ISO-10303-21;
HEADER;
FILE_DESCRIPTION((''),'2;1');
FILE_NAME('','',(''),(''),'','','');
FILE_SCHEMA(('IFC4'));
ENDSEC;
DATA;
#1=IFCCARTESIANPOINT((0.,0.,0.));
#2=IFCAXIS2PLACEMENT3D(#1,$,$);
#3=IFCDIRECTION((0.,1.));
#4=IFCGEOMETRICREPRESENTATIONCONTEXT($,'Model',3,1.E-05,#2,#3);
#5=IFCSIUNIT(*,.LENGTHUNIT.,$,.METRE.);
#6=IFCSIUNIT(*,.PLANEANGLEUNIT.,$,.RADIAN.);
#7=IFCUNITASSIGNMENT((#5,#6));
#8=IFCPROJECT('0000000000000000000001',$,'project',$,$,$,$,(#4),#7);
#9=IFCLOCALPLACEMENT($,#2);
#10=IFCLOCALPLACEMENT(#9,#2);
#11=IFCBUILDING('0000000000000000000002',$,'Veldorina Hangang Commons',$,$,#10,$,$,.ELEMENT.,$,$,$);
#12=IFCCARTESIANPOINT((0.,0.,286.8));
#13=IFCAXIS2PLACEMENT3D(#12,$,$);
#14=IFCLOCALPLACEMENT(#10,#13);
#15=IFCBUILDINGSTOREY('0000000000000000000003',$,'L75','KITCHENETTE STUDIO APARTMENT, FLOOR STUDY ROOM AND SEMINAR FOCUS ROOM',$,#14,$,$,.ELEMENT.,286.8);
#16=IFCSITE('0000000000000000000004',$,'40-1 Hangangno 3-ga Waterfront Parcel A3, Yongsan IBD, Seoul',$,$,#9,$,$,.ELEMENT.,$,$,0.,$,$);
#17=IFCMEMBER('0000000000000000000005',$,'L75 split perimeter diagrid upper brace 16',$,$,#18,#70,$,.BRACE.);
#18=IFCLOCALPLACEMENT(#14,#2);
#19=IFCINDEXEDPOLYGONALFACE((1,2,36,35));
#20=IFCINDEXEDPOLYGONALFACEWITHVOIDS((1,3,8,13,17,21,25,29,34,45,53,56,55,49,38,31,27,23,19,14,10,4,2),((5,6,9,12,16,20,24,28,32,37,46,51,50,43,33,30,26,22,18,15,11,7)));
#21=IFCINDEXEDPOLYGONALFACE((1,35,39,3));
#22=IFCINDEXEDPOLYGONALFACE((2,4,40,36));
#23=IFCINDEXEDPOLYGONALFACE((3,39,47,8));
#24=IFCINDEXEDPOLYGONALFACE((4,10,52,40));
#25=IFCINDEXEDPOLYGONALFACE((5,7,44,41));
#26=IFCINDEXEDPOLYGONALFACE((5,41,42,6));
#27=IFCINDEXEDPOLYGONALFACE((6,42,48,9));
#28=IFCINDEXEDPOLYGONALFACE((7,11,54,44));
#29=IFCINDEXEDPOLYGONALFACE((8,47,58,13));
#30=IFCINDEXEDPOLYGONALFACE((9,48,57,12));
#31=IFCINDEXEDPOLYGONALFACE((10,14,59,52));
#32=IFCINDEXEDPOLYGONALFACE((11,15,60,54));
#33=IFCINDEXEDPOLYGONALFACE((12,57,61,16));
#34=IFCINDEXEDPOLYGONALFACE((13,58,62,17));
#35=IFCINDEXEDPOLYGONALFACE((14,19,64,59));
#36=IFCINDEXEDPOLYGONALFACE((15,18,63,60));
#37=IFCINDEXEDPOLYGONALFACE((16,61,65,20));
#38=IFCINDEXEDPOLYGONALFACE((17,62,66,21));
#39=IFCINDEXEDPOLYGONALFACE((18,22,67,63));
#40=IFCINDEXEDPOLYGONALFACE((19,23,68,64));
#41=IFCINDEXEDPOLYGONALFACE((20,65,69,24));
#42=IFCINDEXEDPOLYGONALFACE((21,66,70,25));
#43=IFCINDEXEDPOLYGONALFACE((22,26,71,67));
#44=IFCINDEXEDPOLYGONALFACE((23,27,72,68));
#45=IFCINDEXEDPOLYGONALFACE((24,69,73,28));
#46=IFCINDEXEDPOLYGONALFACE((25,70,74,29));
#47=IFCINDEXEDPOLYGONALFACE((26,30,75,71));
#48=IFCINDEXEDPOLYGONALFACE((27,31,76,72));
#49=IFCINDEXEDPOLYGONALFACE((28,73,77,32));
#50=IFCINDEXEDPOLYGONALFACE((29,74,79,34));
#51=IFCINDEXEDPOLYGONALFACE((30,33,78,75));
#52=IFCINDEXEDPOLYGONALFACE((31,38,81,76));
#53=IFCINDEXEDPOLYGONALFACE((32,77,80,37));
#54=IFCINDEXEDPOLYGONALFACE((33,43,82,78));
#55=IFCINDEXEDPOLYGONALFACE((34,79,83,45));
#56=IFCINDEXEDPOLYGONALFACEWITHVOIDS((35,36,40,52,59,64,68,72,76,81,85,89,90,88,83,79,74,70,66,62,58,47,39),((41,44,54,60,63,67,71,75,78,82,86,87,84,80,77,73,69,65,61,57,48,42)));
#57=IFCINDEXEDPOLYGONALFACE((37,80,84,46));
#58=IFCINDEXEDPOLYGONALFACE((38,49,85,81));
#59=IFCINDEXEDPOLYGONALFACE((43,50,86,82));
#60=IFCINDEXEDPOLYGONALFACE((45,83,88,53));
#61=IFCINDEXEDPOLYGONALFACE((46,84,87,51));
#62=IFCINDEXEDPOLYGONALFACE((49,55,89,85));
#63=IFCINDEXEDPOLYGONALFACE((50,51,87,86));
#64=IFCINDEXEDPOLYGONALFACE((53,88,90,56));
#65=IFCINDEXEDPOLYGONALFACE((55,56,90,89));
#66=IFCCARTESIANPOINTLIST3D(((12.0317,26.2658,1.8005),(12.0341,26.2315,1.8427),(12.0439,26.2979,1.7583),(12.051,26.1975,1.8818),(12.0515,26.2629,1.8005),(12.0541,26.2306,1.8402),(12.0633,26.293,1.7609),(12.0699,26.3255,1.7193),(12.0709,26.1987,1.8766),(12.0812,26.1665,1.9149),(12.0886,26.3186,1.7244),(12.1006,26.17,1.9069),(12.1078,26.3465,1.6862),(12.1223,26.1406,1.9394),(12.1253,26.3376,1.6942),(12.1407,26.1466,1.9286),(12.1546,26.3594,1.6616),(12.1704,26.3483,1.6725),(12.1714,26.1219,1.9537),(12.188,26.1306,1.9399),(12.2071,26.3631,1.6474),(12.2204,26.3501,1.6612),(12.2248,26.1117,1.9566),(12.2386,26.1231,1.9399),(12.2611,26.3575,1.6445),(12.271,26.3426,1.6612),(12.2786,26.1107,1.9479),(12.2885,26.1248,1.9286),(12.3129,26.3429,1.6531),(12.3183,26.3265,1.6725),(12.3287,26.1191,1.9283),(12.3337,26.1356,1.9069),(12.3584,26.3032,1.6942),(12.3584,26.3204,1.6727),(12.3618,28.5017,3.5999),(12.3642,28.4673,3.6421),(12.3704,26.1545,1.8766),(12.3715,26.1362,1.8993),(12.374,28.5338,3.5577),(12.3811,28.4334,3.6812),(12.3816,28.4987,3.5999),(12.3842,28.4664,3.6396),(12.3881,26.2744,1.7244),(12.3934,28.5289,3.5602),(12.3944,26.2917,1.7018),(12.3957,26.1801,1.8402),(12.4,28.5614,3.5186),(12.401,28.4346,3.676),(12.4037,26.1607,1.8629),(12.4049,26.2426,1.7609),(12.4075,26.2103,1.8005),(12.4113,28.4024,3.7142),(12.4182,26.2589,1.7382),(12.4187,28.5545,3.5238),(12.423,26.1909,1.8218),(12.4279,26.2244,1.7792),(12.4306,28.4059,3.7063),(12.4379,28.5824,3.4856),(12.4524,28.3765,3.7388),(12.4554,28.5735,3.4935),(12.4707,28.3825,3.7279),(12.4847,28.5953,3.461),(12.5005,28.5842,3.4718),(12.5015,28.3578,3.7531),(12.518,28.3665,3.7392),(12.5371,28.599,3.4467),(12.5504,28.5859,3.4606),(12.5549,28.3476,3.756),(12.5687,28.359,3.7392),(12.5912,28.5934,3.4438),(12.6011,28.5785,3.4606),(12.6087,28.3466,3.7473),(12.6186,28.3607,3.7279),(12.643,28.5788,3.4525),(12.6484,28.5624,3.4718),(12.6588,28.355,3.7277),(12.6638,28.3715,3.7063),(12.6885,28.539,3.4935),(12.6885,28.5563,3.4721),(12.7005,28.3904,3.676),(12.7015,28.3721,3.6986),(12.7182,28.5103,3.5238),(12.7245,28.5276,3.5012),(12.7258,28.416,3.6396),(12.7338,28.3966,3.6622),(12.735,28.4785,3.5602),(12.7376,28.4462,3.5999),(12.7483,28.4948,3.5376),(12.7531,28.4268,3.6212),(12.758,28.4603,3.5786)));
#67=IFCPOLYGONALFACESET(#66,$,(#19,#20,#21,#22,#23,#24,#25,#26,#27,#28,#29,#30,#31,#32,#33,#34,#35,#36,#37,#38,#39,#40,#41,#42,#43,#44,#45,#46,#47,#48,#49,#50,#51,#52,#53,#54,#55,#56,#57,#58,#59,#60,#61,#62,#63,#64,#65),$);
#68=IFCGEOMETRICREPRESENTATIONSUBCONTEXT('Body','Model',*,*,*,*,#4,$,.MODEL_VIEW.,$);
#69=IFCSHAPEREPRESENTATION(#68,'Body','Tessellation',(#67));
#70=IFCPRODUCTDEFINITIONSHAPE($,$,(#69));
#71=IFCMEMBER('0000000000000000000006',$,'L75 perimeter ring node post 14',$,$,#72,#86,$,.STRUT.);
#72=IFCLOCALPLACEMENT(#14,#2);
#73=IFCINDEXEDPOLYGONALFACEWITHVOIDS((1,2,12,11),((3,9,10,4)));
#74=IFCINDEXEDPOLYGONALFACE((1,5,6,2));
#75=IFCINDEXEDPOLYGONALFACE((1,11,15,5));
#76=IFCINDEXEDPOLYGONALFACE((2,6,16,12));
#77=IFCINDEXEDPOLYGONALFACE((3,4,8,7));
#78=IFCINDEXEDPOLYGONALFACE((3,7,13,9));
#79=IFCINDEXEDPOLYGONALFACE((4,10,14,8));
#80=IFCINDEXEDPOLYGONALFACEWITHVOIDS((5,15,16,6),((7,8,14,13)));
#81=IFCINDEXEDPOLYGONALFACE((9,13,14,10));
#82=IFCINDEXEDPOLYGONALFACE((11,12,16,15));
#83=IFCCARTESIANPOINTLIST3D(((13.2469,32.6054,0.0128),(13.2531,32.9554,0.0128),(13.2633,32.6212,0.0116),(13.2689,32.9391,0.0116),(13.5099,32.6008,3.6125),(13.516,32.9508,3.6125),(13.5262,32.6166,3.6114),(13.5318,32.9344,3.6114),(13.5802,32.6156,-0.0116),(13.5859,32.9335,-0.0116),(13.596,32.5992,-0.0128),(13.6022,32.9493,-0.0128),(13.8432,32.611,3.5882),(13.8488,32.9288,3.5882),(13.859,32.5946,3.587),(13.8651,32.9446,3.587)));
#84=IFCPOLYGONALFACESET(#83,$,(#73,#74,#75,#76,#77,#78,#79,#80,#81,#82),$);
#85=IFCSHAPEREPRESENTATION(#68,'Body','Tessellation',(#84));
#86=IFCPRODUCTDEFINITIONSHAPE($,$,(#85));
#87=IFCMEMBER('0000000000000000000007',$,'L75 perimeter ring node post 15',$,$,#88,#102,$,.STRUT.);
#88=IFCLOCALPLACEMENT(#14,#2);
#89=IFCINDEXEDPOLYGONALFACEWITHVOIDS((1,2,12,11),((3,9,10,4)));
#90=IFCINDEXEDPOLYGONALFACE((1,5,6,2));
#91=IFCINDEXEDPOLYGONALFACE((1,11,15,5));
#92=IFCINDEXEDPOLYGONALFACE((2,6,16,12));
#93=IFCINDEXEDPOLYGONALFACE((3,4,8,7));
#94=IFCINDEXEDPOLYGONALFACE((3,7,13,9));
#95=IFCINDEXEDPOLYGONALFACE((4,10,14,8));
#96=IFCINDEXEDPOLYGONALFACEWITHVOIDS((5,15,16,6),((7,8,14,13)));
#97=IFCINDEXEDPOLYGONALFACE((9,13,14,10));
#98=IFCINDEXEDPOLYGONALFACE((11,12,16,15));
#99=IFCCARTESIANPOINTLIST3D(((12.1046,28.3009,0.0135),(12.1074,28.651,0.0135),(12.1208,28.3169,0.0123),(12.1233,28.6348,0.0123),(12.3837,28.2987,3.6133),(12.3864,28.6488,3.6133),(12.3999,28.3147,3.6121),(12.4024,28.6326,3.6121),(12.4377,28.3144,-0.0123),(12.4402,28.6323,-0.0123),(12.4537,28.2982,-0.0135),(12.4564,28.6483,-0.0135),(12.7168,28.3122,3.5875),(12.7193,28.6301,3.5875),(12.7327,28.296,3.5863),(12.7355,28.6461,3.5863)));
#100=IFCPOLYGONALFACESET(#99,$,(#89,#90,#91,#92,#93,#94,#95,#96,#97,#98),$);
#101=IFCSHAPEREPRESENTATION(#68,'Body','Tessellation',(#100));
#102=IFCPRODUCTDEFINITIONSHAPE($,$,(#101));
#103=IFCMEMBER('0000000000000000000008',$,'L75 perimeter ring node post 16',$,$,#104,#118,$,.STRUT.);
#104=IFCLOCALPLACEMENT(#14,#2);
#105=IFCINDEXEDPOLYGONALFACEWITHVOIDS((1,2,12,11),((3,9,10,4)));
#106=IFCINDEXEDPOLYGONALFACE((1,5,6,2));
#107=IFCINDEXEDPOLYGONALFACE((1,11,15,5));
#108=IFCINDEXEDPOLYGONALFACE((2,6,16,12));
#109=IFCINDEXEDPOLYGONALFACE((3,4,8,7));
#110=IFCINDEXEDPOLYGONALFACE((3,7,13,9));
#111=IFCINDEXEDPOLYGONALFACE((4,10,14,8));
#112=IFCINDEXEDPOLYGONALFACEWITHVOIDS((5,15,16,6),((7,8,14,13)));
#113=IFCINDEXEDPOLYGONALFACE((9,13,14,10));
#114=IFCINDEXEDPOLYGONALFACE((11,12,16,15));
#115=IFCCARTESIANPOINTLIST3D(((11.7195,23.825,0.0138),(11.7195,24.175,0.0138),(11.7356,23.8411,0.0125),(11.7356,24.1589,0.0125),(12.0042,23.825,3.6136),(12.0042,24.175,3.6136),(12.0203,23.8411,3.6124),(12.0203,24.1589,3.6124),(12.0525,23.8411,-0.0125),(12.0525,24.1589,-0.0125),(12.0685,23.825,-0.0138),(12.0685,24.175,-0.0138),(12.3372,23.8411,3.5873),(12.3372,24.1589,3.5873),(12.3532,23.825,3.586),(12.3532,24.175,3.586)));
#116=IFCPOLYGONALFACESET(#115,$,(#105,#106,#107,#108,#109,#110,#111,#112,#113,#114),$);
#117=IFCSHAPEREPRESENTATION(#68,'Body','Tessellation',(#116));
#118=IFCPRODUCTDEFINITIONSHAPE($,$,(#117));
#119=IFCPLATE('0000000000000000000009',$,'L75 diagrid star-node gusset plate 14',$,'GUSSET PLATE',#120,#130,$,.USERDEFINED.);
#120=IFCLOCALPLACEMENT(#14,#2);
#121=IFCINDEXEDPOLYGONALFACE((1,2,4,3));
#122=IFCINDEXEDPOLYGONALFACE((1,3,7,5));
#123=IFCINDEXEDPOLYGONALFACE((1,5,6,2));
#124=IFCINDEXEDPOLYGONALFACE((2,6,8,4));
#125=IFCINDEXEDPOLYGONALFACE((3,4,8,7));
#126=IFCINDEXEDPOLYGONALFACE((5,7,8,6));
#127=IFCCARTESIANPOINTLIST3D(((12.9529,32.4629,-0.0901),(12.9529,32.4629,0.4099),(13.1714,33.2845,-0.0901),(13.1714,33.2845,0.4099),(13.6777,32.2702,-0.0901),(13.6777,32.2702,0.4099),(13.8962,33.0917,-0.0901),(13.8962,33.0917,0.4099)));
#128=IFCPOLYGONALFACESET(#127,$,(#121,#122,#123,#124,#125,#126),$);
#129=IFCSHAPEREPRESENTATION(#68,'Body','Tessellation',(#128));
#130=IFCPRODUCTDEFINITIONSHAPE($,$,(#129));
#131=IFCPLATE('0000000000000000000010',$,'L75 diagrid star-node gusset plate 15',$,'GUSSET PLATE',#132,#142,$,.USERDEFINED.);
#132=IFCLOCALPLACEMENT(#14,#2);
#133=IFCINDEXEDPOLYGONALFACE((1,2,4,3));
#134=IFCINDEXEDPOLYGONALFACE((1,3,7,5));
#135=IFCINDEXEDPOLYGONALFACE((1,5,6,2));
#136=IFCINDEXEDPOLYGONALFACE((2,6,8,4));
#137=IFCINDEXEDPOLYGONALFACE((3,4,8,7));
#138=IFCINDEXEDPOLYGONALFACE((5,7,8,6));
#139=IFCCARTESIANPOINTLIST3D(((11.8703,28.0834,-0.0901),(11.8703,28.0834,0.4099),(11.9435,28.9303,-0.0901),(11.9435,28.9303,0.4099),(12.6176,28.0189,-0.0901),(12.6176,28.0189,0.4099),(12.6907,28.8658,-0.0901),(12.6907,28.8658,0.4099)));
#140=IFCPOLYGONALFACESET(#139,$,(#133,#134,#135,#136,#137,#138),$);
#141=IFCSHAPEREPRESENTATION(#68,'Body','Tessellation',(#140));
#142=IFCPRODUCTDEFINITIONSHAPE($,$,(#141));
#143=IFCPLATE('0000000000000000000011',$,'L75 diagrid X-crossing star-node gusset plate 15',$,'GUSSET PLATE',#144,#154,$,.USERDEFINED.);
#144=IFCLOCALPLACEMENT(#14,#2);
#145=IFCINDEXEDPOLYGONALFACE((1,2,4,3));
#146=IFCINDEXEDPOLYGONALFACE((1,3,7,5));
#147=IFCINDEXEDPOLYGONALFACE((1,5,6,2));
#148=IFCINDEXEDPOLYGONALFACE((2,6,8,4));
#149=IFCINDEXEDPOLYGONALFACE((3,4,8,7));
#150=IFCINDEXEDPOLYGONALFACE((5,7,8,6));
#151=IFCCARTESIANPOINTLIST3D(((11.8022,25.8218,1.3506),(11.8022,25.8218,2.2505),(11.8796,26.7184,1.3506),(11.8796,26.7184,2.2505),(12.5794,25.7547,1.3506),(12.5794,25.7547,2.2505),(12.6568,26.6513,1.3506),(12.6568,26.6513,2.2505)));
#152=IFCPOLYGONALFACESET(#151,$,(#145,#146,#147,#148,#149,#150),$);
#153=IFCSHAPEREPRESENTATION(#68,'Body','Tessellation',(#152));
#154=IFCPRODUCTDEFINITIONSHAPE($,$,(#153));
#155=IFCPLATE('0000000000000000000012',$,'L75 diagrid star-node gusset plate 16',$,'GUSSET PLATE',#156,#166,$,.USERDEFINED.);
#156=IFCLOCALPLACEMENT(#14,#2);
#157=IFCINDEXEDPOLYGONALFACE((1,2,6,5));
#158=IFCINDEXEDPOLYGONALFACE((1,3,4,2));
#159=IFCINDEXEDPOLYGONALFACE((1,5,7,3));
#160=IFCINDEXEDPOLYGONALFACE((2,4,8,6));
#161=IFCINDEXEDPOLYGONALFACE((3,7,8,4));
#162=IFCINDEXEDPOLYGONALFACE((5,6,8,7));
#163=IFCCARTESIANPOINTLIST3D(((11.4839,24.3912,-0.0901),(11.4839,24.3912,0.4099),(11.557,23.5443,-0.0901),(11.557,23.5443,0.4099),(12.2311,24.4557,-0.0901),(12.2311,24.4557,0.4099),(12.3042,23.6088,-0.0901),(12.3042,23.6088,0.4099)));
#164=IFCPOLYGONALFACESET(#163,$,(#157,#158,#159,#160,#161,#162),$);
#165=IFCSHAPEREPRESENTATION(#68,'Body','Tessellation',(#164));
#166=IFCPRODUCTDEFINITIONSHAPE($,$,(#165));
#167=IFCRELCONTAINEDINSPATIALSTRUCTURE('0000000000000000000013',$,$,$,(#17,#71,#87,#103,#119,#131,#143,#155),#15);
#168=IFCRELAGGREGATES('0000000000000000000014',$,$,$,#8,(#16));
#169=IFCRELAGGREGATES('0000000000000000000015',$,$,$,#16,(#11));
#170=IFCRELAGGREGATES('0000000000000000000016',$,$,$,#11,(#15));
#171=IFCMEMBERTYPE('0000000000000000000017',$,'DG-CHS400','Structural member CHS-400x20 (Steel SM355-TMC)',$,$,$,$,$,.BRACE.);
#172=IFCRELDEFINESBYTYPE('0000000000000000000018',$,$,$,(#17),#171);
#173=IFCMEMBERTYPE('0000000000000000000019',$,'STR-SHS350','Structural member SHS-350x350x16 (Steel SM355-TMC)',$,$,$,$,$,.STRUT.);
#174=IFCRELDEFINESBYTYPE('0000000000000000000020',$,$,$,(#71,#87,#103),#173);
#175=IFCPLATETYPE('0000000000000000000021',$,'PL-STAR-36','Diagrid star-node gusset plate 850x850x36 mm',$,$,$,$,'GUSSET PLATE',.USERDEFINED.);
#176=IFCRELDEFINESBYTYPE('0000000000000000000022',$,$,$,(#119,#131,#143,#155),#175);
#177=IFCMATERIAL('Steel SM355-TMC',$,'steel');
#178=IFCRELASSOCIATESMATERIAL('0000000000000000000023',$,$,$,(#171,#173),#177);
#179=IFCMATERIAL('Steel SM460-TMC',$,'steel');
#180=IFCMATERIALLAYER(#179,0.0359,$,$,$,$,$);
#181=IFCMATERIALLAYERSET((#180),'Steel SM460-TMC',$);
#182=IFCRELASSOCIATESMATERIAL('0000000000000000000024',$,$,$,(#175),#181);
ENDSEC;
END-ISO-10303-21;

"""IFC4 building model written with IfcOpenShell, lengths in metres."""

from ifc_helpers import new_model, si_unit, direction, frame, origin, origin_2d, place, context, subcontext, project, spatial, rectangle, hollow_rectangle, hollow_circle, extrude, material, layer, layer_set, material_profile, profile_set, type_object, element, save


model = new_model("IFC4")

# Units and contexts
model_context = context("Model", 3, precision=1e-05, world=origin(), true_north=direction((0.0, 1.0)))
body_context = subcontext(model_context, "Body", "Model", "MODEL_VIEW")
ifc_project = project(units=[si_unit("LENGTHUNIT", "METRE"), si_unit("PLANEANGLEUNIT", "RADIAN")], contexts=[model_context])

# Site, building, storey
site_placement = place(None, origin())
site = spatial("IfcSite", under=ifc_project, at=site_placement, Name="40-1 Hangangno 3-ga Waterfront Parcel A3, Yongsan IBD, Seoul", CompositionType="ELEMENT", RefElevation=0.0)
building_placement = place(site_placement, origin())
building = spatial("IfcBuilding", under=site, at=building_placement, Name="Veldorina Hangang Commons", CompositionType="ELEMENT")
storey_placement = place(building_placement, frame((0.0, 0.0, 286.8)))
storey = spatial("IfcBuildingStorey", under=building, at=storey_placement, Name="L75", Description="KITCHENETTE STUDIO APARTMENT, FLOOR STUDY ROOM AND SEMINAR FOCUS ROOM", CompositionType="ELEMENT", Elevation=286.8)

# Shared definitions
ifc_material_1 = material(Name="Steel SM355-TMC", Category="steel")

# Members
ifc_material_profile_1 = material_profile(ifc_material_1, hollow_circle(Radius=0.2, WallThickness=0.02, at=origin_2d()), Name="CHS-400x20")
ifc_profile_set_1 = profile_set([ifc_material_profile_1], Name="Steel SM355-TMC")
member_type_1 = type_object("IfcMemberType", Name="DG-CHS400", Description="Structural member CHS-400x20 (Steel SM355-TMC)", PredefinedType="BRACE", material=ifc_profile_set_1)
member_1_placement = place(storey_placement, frame((12.2295, 26.2366, 1.8005), z_axis=(0.114259, 0.773954, 0.622848), x_axis=(-0.989278, 0.146048, 0.0)))
element("IfcMember", 1, at=member_1_placement, inside=storey, type_object=member_type_1, Name="L75 split perimeter diagrid upper brace 16", PredefinedType="BRACE", context=body_context, shape_type="SweptSolid", body=[
    extrude(hollow_circle(Radius=0.2, WallThickness=0.02, at=origin_2d()), origin(), (0.0, 0.0, 1.0), 2.8889),
])
ifc_material_profile_2 = material_profile(ifc_material_1, hollow_rectangle(XDim=0.3501, YDim=0.3501, WallThickness=0.0161, at=origin_2d()), Name="SHS-350x350x16")
ifc_profile_set_2 = profile_set([ifc_material_profile_2], Name="Steel SM355-TMC")
member_type_2 = type_object("IfcMemberType", Name="STR-SHS350", Description="Structural member SHS-350x350x16 (Steel SM355-TMC)", PredefinedType="STRUT", material=ifc_profile_set_2)
member_2_placement = place(storey_placement, frame((13.4246, 32.7773, 0.0), z_axis=(0.072848, -0.001285, 0.997342), x_axis=(0.017639, 0.999844, 0.0)))
element("IfcMember", 2, at=member_2_placement, inside=storey, type_object=member_type_2, Name="L75 perimeter ring node post 14", PredefinedType="STRUT", context=body_context, shape_type="SweptSolid", body=[
    extrude(hollow_rectangle(XDim=0.3501, YDim=0.3501, WallThickness=0.0161, at=origin_2d()), origin(), (0.0, 0.0, 1.0), 3.6094),
])
member_3_placement = place(storey_placement, frame((12.2805, 28.4746, 0.0), z_axis=(0.077286, -0.000609, 0.997009), x_axis=(0.007874, 0.999969, 0.0)))
element("IfcMember", 3, at=member_3_placement, inside=storey, type_object=member_type_2, Name="L75 perimeter ring node post 15", PredefinedType="STRUT", context=body_context, shape_type="SweptSolid", body=[
    extrude(hollow_rectangle(XDim=0.3501, YDim=0.3501, WallThickness=0.0161, at=origin_2d()), origin(), (0.0, 0.0, 1.0), 3.6106),
])
member_4_placement = place(storey_placement, frame((11.894, 24.0, 0.0), z_axis=(0.078832, 0.0, 0.996888), x_axis=(0.0, 1.0, 0.0)))
element("IfcMember", 4, at=member_4_placement, inside=storey, type_object=member_type_2, Name="L75 perimeter ring node post 16", PredefinedType="STRUT", context=body_context, shape_type="SweptSolid", body=[
    extrude(hollow_rectangle(XDim=0.3501, YDim=0.3501, WallThickness=0.0161, at=origin_2d()), origin(), (0.0, 0.0, 1.0), 3.6111),
])

# Plates
ifc_material_2 = material(Name="Steel SM460-TMC", Category="steel")
ifc_layer_1 = layer(ifc_material_2, 0.0359)
ifc_layer_set_1 = layer_set([ifc_layer_1], Name="Steel SM460-TMC")
plate_type = type_object("IfcPlateType", Name="PL-STAR-36", Description="Diagrid star-node gusset plate 850x850x36 mm", ElementType="GUSSET PLATE", PredefinedType="USERDEFINED", material=ifc_layer_set_1)
for number, where, z_axis, x_axis, name in (
    (5, (13.4246, 32.7773, -0.0901), (0.0, 0.0, 1.0), (-0.256998, -0.966412, 0.0), "L75 diagrid star-node gusset plate 14"),
    (6, (12.2805, 28.4746, -0.0901), (0.0, 0.0, 1.0), (-0.086008, -0.996294, 0.0), "L75 diagrid star-node gusset plate 15"),
):
    element("IfcPlate", number, at=place(storey_placement, frame(where, z_axis=z_axis, x_axis=x_axis)), inside=storey, type_object=plate_type, Name=name, ObjectType="GUSSET PLATE", PredefinedType="USERDEFINED", context=body_context, shape_type="SweptSolid", body=[
        extrude(rectangle(XDim=0.8501, YDim=0.75, at=origin_2d()), origin(), (0.0, 0.0, 1.0), 0.5),
    ])
plate_1_placement = place(storey_placement, frame((12.2295, 26.2366, 1.3506), z_axis=(0.0, 0.0, 1.0), x_axis=(-0.086008, -0.996294, 0.0)))
element("IfcPlate", 7, at=plate_1_placement, inside=storey, type_object=plate_type, Name="L75 diagrid X-crossing star-node gusset plate 15", ObjectType="GUSSET PLATE", PredefinedType="USERDEFINED", context=body_context, shape_type="SweptSolid", body=[
    extrude(rectangle(XDim=0.8999, YDim=0.78, at=origin_2d()), origin(), (0.0, 0.0, 1.0), 0.8999),
])
plate_2_placement = place(storey_placement, frame((11.894, 24.0, -0.0901), z_axis=(0.0, 0.0, 1.0), x_axis=(0.086008, -0.996294, 0.0)))
element("IfcPlate", 8, at=plate_2_placement, inside=storey, type_object=plate_type, Name="L75 diagrid star-node gusset plate 16", ObjectType="GUSSET PLATE", PredefinedType="USERDEFINED", context=body_context, shape_type="SweptSolid", body=[
    extrude(rectangle(XDim=0.8501, YDim=0.75, at=origin_2d()), origin(), (0.0, 0.0, 1.0), 0.5),
])

save(model, "model.ifc")
